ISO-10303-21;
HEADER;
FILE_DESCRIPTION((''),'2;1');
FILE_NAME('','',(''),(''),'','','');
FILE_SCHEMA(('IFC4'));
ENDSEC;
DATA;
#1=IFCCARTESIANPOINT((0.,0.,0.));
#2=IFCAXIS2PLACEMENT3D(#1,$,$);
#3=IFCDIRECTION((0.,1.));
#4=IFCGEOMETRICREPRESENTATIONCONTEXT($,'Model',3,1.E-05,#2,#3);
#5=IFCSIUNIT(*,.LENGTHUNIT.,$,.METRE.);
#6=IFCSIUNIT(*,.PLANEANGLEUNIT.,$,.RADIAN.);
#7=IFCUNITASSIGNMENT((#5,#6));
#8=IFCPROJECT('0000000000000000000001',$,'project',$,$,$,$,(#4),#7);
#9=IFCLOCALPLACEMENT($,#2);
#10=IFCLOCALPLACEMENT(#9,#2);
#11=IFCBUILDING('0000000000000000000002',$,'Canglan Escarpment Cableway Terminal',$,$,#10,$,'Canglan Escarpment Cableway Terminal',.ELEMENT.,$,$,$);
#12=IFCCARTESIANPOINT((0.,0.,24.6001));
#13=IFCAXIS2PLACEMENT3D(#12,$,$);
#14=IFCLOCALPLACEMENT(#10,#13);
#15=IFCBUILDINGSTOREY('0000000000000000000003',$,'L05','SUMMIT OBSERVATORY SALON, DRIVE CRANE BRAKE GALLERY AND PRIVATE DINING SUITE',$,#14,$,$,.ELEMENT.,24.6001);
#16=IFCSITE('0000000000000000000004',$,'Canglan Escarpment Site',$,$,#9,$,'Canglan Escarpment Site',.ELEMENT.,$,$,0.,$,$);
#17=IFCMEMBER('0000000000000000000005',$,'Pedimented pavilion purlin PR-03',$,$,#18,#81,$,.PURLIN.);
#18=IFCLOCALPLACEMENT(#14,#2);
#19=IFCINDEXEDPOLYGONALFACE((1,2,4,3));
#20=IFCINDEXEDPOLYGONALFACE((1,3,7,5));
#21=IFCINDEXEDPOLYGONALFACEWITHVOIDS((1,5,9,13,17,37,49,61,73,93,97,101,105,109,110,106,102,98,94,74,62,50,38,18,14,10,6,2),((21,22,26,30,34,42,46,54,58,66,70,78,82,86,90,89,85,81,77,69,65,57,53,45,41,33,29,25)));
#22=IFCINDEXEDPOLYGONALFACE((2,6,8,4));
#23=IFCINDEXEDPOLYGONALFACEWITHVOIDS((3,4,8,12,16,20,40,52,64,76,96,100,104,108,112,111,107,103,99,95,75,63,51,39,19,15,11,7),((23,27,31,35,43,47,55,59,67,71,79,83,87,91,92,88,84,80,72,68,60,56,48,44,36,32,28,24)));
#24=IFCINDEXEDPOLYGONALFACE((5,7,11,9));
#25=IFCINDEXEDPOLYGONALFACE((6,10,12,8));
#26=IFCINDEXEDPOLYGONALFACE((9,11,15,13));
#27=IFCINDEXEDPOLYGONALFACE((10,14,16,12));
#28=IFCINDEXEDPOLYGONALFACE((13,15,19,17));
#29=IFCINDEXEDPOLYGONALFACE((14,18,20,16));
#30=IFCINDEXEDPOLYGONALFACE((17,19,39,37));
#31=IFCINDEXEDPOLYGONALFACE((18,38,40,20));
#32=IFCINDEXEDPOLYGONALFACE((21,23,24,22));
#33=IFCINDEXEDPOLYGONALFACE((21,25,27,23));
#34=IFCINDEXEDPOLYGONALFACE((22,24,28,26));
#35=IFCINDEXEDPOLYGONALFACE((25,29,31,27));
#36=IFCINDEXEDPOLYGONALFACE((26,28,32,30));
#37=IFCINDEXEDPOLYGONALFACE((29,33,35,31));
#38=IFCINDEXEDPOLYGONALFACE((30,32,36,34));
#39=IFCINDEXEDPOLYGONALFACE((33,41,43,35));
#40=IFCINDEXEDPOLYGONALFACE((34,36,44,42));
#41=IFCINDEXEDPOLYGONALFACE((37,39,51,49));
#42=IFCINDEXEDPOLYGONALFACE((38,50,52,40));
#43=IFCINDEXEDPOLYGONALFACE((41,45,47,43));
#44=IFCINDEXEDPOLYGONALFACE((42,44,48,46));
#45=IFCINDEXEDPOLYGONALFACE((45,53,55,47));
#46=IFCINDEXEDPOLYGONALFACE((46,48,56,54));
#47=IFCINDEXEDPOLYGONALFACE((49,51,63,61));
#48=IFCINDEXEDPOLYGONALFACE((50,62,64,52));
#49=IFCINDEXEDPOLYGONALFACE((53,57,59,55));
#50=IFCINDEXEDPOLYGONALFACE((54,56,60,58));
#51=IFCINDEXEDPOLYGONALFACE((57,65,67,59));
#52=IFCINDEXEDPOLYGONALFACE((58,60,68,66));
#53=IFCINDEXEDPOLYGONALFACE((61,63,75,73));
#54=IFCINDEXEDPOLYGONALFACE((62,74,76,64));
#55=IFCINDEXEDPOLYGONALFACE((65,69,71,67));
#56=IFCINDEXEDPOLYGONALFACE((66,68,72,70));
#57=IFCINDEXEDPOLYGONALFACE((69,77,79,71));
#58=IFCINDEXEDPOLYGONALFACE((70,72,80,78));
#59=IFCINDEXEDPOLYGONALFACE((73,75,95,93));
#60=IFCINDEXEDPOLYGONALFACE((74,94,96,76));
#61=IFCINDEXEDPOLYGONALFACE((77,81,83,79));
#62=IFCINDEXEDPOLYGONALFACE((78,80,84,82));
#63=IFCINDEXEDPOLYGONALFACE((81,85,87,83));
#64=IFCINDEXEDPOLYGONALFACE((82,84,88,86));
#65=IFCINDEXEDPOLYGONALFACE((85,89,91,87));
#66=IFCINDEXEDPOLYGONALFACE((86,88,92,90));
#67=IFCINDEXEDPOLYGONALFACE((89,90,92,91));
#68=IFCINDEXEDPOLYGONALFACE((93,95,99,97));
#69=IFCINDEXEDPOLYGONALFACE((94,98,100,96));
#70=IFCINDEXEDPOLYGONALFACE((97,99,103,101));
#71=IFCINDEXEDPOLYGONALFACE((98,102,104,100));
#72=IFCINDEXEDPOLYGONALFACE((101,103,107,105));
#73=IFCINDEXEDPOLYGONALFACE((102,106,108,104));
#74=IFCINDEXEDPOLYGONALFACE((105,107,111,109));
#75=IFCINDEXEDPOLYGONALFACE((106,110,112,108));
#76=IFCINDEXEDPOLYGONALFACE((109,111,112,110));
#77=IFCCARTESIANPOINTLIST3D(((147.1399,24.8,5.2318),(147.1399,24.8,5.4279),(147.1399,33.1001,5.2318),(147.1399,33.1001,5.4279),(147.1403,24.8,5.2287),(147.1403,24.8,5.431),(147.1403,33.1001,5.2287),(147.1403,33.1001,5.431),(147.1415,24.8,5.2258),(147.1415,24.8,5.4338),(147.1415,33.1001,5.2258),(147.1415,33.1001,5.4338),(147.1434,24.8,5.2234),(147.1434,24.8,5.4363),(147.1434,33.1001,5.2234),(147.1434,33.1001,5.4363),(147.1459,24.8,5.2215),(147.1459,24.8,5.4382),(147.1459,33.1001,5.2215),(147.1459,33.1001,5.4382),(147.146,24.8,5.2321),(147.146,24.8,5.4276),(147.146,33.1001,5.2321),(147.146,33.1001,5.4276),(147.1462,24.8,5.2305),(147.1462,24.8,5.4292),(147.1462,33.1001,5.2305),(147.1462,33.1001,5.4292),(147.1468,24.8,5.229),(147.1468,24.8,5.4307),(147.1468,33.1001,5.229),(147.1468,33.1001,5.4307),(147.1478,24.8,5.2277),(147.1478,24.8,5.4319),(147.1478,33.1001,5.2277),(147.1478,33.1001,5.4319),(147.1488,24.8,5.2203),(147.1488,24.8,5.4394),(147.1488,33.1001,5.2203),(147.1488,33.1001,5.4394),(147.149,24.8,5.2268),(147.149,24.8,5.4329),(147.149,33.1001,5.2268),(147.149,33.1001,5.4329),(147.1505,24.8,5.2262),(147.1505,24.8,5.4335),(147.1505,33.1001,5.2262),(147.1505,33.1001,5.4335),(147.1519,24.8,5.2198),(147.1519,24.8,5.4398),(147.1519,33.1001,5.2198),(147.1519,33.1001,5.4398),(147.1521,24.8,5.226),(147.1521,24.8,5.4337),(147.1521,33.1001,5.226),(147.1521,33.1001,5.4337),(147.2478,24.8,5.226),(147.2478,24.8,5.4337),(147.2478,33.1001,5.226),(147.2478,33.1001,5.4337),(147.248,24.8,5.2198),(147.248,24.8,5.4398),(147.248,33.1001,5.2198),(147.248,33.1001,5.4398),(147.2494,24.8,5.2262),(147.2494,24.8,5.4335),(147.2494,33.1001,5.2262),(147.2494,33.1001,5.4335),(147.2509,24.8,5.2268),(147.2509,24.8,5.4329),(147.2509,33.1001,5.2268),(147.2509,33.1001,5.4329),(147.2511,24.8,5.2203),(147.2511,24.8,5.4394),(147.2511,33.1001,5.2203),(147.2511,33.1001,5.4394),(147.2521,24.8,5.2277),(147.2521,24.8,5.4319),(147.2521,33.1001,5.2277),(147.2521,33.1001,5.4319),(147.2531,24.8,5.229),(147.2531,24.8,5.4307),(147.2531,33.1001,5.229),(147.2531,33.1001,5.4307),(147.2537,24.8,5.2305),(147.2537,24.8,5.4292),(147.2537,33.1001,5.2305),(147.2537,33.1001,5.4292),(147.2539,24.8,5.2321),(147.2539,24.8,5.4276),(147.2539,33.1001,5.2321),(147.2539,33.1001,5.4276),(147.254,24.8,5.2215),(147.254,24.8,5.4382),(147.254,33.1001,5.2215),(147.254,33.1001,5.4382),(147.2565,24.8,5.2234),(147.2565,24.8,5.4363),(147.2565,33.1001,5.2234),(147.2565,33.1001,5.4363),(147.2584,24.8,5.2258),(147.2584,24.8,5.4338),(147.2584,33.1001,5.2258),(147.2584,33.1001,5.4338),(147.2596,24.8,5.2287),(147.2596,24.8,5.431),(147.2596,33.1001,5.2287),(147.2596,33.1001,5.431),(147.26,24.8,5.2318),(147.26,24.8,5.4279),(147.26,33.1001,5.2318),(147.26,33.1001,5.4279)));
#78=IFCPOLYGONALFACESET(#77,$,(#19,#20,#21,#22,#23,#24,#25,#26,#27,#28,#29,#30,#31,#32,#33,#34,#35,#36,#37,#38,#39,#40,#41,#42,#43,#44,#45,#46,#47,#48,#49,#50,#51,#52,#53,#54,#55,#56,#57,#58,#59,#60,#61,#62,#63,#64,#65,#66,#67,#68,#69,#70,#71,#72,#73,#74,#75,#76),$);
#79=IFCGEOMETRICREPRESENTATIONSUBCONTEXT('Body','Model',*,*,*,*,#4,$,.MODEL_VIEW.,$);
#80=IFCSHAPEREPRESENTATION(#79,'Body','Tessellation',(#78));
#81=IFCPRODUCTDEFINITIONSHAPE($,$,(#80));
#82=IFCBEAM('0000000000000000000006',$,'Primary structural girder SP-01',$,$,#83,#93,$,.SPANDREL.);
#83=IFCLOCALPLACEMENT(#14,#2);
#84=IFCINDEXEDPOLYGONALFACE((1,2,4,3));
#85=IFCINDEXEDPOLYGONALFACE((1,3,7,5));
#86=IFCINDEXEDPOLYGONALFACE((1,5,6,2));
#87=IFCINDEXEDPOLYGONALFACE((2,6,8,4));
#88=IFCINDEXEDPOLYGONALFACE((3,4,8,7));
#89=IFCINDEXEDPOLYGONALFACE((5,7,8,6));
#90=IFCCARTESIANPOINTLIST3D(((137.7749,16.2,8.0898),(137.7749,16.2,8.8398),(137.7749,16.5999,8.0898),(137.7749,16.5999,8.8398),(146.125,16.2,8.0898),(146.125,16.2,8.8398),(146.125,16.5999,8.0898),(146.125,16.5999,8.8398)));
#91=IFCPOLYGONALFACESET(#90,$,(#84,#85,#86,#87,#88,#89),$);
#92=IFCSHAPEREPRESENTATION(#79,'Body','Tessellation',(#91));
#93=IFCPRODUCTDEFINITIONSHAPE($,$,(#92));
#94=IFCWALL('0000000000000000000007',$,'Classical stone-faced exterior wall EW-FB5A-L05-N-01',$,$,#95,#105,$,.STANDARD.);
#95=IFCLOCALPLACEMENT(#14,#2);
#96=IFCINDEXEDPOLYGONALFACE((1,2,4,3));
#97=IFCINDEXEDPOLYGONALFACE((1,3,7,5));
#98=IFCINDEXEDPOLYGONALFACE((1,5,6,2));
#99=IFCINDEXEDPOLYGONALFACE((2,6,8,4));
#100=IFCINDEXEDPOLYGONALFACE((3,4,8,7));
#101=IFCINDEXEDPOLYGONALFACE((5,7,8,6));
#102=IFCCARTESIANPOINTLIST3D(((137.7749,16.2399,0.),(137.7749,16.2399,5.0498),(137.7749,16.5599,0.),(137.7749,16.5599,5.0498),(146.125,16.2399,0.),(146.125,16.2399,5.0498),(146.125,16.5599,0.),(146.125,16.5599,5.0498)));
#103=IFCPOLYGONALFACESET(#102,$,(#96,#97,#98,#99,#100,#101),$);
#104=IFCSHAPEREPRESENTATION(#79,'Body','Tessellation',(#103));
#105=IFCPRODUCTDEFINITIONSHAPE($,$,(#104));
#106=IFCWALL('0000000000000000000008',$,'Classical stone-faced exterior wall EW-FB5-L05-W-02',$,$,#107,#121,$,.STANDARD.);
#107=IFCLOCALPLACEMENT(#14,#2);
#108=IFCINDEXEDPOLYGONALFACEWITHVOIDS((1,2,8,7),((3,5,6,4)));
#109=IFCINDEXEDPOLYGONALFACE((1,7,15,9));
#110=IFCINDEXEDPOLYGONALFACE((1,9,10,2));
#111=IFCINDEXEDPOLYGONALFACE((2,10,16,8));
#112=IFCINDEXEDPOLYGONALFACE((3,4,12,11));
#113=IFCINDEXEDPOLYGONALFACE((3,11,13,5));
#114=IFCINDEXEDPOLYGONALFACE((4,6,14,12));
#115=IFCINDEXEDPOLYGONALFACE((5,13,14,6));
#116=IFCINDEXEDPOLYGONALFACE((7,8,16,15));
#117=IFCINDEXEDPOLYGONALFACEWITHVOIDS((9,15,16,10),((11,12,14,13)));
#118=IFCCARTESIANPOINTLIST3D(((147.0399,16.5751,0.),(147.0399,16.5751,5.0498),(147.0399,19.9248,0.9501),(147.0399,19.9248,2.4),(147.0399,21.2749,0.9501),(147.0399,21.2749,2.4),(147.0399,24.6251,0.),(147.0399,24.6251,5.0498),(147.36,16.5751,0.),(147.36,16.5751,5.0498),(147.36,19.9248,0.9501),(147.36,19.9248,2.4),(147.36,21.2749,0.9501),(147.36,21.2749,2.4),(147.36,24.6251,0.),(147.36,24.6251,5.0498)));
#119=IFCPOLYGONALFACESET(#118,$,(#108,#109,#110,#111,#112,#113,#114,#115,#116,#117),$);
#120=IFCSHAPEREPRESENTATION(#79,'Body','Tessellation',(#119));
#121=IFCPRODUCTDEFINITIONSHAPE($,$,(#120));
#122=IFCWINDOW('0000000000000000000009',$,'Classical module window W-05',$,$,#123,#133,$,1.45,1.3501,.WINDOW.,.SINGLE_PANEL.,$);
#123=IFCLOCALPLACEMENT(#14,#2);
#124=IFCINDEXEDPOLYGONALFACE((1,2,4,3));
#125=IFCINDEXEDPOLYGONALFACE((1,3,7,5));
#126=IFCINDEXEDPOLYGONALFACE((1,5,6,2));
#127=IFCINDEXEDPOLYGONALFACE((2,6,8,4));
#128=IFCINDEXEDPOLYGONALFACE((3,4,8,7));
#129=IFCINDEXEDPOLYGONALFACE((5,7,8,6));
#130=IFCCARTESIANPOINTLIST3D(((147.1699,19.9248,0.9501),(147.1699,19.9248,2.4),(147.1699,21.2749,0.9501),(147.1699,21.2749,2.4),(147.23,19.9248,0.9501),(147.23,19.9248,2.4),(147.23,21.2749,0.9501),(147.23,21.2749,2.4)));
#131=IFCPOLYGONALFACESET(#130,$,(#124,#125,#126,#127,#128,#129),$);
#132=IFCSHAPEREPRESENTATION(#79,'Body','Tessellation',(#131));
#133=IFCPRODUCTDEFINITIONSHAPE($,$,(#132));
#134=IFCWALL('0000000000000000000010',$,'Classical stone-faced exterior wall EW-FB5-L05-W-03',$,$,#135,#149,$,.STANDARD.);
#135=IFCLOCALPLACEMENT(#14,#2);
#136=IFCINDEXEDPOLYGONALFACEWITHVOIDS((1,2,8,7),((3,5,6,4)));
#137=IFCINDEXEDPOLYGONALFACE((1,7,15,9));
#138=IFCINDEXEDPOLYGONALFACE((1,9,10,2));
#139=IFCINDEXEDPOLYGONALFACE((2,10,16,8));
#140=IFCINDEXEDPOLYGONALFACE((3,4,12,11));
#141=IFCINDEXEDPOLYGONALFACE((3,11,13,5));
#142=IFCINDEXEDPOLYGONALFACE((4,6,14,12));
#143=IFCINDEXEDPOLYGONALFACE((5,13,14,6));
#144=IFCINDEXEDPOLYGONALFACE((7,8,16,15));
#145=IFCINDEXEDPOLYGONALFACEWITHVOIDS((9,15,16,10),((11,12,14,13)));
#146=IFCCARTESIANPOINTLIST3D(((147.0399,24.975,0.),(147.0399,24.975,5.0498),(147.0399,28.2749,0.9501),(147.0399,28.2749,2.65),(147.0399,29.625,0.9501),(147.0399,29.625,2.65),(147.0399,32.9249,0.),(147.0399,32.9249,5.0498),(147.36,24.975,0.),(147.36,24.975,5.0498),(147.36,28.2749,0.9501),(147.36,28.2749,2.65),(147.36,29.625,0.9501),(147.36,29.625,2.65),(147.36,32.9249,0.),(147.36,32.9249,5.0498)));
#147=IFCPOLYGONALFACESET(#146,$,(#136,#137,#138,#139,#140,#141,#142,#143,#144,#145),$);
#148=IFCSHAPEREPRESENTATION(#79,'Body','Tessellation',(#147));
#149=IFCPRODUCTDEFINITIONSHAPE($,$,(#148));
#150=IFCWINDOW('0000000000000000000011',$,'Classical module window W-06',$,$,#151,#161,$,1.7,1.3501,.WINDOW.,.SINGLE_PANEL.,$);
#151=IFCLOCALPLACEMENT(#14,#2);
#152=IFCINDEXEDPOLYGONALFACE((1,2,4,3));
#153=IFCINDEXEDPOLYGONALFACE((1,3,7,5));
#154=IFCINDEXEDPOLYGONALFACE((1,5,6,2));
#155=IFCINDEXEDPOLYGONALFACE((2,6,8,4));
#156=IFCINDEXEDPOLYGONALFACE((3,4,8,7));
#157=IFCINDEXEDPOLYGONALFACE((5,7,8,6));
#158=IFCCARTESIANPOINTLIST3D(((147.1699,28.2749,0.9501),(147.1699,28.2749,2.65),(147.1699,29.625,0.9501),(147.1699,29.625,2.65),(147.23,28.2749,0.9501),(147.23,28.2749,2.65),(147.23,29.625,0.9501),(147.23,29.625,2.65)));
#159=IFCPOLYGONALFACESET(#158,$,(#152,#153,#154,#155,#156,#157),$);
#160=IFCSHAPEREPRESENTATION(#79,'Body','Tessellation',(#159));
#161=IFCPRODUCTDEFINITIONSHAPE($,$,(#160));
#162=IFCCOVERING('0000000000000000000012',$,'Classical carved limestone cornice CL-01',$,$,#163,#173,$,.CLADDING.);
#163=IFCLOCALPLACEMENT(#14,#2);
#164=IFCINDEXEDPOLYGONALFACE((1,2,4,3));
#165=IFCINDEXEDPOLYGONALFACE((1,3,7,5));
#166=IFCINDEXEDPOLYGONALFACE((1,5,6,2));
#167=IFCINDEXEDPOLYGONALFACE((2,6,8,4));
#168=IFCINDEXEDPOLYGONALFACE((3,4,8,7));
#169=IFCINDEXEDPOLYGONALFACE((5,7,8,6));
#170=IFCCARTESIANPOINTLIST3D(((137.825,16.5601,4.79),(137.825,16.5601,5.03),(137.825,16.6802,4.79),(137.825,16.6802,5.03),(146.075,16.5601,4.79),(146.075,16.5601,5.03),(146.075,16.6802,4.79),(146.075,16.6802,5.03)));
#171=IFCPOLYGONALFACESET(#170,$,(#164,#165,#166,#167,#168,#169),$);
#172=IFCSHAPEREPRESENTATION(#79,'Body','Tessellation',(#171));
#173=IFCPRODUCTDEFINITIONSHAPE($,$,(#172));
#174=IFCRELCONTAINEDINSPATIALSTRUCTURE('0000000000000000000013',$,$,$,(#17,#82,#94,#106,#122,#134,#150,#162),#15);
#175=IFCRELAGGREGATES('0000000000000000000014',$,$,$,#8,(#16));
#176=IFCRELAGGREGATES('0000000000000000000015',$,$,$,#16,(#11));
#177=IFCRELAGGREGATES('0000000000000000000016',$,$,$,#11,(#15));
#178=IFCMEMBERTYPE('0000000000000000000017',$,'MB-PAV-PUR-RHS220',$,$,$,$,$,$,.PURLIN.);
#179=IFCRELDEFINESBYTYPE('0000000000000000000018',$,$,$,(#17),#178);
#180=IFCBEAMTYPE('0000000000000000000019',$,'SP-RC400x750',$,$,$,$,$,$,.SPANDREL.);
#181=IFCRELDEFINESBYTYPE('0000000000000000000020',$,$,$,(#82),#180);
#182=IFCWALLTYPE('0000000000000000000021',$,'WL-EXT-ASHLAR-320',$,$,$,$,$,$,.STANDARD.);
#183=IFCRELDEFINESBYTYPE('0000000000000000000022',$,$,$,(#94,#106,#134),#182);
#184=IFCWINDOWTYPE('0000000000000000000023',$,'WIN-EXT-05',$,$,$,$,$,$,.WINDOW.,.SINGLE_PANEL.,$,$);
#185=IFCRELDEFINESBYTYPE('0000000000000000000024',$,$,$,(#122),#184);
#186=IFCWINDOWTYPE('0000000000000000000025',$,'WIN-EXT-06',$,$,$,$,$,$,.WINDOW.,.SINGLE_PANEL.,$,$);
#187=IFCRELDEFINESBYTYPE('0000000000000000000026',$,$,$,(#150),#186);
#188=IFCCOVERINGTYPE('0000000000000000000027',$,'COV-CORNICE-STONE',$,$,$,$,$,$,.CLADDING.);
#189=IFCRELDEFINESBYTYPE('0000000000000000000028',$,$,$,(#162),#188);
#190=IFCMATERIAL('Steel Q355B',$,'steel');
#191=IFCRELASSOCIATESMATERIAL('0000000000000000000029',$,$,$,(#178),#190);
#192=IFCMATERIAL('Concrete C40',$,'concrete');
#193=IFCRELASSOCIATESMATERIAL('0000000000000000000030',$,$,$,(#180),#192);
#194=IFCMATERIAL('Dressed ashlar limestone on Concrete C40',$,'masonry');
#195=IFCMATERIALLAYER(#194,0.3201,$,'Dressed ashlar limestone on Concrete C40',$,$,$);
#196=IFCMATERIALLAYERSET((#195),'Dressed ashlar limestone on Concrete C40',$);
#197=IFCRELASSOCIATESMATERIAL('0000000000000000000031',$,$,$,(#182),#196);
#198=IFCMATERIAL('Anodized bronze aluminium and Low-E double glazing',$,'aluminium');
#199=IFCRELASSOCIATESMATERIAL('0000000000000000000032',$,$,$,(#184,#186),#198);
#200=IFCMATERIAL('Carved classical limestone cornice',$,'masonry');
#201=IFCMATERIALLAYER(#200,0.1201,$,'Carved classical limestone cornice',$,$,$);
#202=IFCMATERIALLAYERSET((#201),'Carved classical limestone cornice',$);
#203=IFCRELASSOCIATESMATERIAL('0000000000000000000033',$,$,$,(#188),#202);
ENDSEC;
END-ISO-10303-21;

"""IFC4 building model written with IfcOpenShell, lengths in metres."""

from ifc_helpers import new_model, si_unit, direction, frame, frame_2d, origin, origin_2d, place, context, subcontext, project, spatial, rectangle, hollow_rectangle, extrude, material, layer, layer_set, material_profile, profile_set, type_object, element, fill, save


model = new_model("IFC4")

# Units and contexts
model_context = context("Model", 3, precision=1e-05, world=origin(), true_north=direction((0.0, 1.0)))
body_context = subcontext(model_context, "Body", "Model", "MODEL_VIEW")
ifc_project = project(units=[si_unit("LENGTHUNIT", "METRE"), si_unit("PLANEANGLEUNIT", "RADIAN")], contexts=[model_context])

# Site, building, storey
site_placement = place(None, origin())
site = spatial("IfcSite", under=ifc_project, at=site_placement, Name="Canglan Escarpment Site", LongName="Canglan Escarpment Site", CompositionType="ELEMENT", RefElevation=0.0)
building_placement = place(site_placement, origin())
building = spatial("IfcBuilding", under=site, at=building_placement, Name="Canglan Escarpment Cableway Terminal", LongName="Canglan Escarpment Cableway Terminal", CompositionType="ELEMENT")
storey_placement = place(building_placement, frame((0.0, 0.0, 24.6001)))
storey = spatial("IfcBuildingStorey", under=building, at=storey_placement, Name="L05", Description="SUMMIT OBSERVATORY SALON, DRIVE CRANE BRAKE GALLERY AND PRIVATE DINING SUITE", CompositionType="ELEMENT", Elevation=24.6001)

# Shared definitions
ifc_material_1 = material(Name="Steel Q355B", Category="steel")

# Member
ifc_material_profile_1 = material_profile(ifc_material_1, hollow_rectangle(XDim=0.1201, YDim=0.22, WallThickness=0.0061, InnerFilletRadius=0.0061, OuterFilletRadius=0.012, at=origin_2d()), Name="RHS 220x120x6")
ifc_profile_set_1 = profile_set([ifc_material_profile_1], Name="Steel Q355B")
member_type = type_object("IfcMemberType", Name="MB-PAV-PUR-RHS220", PredefinedType="PURLIN", material=ifc_profile_set_1)
member_1_placement = place(storey_placement, frame((147.2, 24.8, 5.3298), z_axis=(0.0, 1.0, 0.0), x_axis=(-1.0, 0.0, 0.0)))
element("IfcMember", 1, at=member_1_placement, inside=storey, type_object=member_type, Name="Pedimented pavilion purlin PR-03", PredefinedType="PURLIN", context=body_context, shape_type="SweptSolid", body=[
    extrude(hollow_rectangle(XDim=0.1201, YDim=0.22, WallThickness=0.0061, InnerFilletRadius=0.0061, OuterFilletRadius=0.012, at=origin_2d()), origin(), (0.0, 0.0, 1.0), 8.3),
])

# Beam
ifc_material_2 = material(Name="Concrete C40", Category="concrete")
ifc_material_profile_2 = material_profile(ifc_material_2, rectangle(XDim=0.3999, YDim=0.75, at=origin_2d()), Name="RC 400x750")
ifc_profile_set_2 = profile_set([ifc_material_profile_2], Name="Concrete C40")
beam_type_1 = type_object("IfcBeamType", Name="SP-RC400x750", PredefinedType="SPANDREL", material=ifc_profile_set_2)
beam_placement = place(storey_placement, frame((137.7749, 16.3999, 8.4648), z_axis=(1.0, 0.0, 0.0), x_axis=(0.0, 1.0, 0.0)))
element("IfcBeam", 2, at=beam_placement, inside=storey, type_object=beam_type_1, Name="Primary structural girder SP-01", PredefinedType="SPANDREL", context=body_context, shape_type="SweptSolid", body=[
    extrude(rectangle(XDim=0.3999, YDim=0.75, at=origin_2d()), origin(), (0.0, 0.0, 1.0), 8.3501),
])

# Wall
ifc_material_3 = material(Name="Dressed ashlar limestone on Concrete C40", Category="masonry")
ifc_layer_1 = layer(ifc_material_3, 0.3201, Name="Dressed ashlar limestone on Concrete C40")
ifc_layer_set_1 = layer_set([ifc_layer_1], Name="Dressed ashlar limestone on Concrete C40")
wall_type = type_object("IfcWallType", Name="WL-EXT-ASHLAR-320", PredefinedType="STANDARD", material=ifc_layer_set_1)
wall_1_placement = place(storey_placement, frame((146.125, 16.3999, 0.0), z_axis=(0.0, 0.0, 1.0), x_axis=(-1.0, 0.0, 0.0)))
element("IfcWall", 3, at=wall_1_placement, inside=storey, type_object=wall_type, Name="Classical stone-faced exterior wall EW-FB5A-L05-N-01", PredefinedType="STANDARD", context=body_context, shape_type="SweptSolid", body=[
    extrude(rectangle(XDim=8.3501, YDim=0.3201, at=frame_2d((4.175, 0.0))), origin(), (0.0, 0.0, 1.0), 5.0498),
])

# Walls, openings, windows
wall_2_placement = place(storey_placement, frame((147.2, 24.625, 0.0), z_axis=(0.0, 0.0, 1.0), x_axis=(0.0, -1.0, 0.0)))
wall_2 = element("IfcWall", 4, at=wall_2_placement, inside=storey, type_object=wall_type, Name="Classical stone-faced exterior wall EW-FB5-L05-W-02", PredefinedType="STANDARD", context=body_context, shape_type="SweptSolid", body=[
    extrude(rectangle(XDim=8.05, YDim=0.3201, at=frame_2d((4.0249, 0.0))), origin(), (0.0, 0.0, 1.0), 5.0498),
])
opening_1_placement = place(wall_2_placement, frame((3.3501, 0.0, 0.95)))
opening_1 = element("IfcOpeningElement", 5, at=opening_1_placement, cuts=wall_2, PredefinedType="OPENING", context=body_context, shape_type="SweptSolid", body=[
    extrude(rectangle(XDim=1.3501, YDim=1.45, at=frame_2d((0.675, 0.7251))), frame((0.0, 0.1699, 0.0), z_axis=(0.0, -1.0, 0.0), x_axis=(1.0, 0.0, 0.0)), (0.0, 0.0, 1.0), 0.3401),
])
ifc_material_4 = material(Name="Anodized bronze aluminium and Low-E double glazing", Category="aluminium")
window_type_1 = type_object("IfcWindowType", Name="WIN-EXT-05", PartitioningType="SINGLE_PANEL", PredefinedType="WINDOW", material=ifc_material_4)
window_1_placement = place(opening_1_placement, origin())
window_1 = element("IfcWindow", 6, at=window_1_placement, inside=storey, type_object=window_type_1, Name="Classical module window W-05", OverallHeight=1.45, OverallWidth=1.3501, PartitioningType="SINGLE_PANEL", PredefinedType="WINDOW", context=body_context, shape_type="SweptSolid", body=[
    extrude(rectangle(XDim=1.3501, YDim=1.45, at=frame_2d((0.675, 0.7251))), frame((0.0, 0.03, 0.0), z_axis=(0.0, -1.0, 0.0), x_axis=(1.0, 0.0, 0.0)), (0.0, 0.0, 1.0), 0.0601),
])
fill(opening_1, window_1)
wall_3_placement = place(storey_placement, frame((147.2, 32.925, 0.0), z_axis=(0.0, 0.0, 1.0), x_axis=(0.0, -1.0, 0.0)))
wall_3 = element("IfcWall", 7, at=wall_3_placement, inside=storey, type_object=wall_type, Name="Classical stone-faced exterior wall EW-FB5-L05-W-03", PredefinedType="STANDARD", context=body_context, shape_type="SweptSolid", body=[
    extrude(rectangle(XDim=7.95, YDim=0.3201, at=frame_2d((3.9751, 0.0))), origin(), (0.0, 0.0, 1.0), 5.0498),
])
opening_2_placement = place(wall_3_placement, frame((3.3, 0.0, 0.95)))
opening_2 = element("IfcOpeningElement", 8, at=opening_2_placement, cuts=wall_3, PredefinedType="OPENING", context=body_context, shape_type="SweptSolid", body=[
    extrude(rectangle(XDim=1.3501, YDim=1.7, at=frame_2d((0.675, 0.8501))), frame((0.0, 0.1699, 0.0), z_axis=(0.0, -1.0, 0.0), x_axis=(1.0, 0.0, 0.0)), (0.0, 0.0, 1.0), 0.3401),
])
window_type_2 = type_object("IfcWindowType", Name="WIN-EXT-06", PartitioningType="SINGLE_PANEL", PredefinedType="WINDOW", material=ifc_material_4)
window_2_placement = place(opening_2_placement, origin())
window_2 = element("IfcWindow", 9, at=window_2_placement, inside=storey, type_object=window_type_2, Name="Classical module window W-06", OverallHeight=1.7, OverallWidth=1.3501, PartitioningType="SINGLE_PANEL", PredefinedType="WINDOW", context=body_context, shape_type="SweptSolid", body=[
    extrude(rectangle(XDim=1.3501, YDim=1.7, at=frame_2d((0.675, 0.8501))), frame((0.0, 0.03, 0.0), z_axis=(0.0, -1.0, 0.0), x_axis=(1.0, 0.0, 0.0)), (0.0, 0.0, 1.0), 0.0601),
])
fill(opening_2, window_2)

# Covering
ifc_material_5 = material(Name="Carved classical limestone cornice", Category="masonry")
ifc_layer_2 = layer(ifc_material_5, 0.1201, Name="Carved classical limestone cornice")
ifc_layer_set_2 = layer_set([ifc_layer_2], Name="Carved classical limestone cornice")
covering_type = type_object("IfcCoveringType", Name="COV-CORNICE-STONE", PredefinedType="CLADDING", material=ifc_layer_set_2)
covering_placement = place(storey_placement, frame((141.95, 16.6201, 4.79), z_axis=(0.0, 0.0, 1.0), x_axis=(-1.0, 0.0, 0.0)))
element("IfcCovering", 10, at=covering_placement, inside=storey, type_object=covering_type, Name="Classical carved limestone cornice CL-01", PredefinedType="CLADDING", context=body_context, shape_type="SweptSolid", body=[
    extrude(rectangle(XDim=8.25, YDim=0.1201, at=origin_2d()), origin(), (0.0, 0.0, 1.0), 0.24),
])

save(model, "model.ifc")
